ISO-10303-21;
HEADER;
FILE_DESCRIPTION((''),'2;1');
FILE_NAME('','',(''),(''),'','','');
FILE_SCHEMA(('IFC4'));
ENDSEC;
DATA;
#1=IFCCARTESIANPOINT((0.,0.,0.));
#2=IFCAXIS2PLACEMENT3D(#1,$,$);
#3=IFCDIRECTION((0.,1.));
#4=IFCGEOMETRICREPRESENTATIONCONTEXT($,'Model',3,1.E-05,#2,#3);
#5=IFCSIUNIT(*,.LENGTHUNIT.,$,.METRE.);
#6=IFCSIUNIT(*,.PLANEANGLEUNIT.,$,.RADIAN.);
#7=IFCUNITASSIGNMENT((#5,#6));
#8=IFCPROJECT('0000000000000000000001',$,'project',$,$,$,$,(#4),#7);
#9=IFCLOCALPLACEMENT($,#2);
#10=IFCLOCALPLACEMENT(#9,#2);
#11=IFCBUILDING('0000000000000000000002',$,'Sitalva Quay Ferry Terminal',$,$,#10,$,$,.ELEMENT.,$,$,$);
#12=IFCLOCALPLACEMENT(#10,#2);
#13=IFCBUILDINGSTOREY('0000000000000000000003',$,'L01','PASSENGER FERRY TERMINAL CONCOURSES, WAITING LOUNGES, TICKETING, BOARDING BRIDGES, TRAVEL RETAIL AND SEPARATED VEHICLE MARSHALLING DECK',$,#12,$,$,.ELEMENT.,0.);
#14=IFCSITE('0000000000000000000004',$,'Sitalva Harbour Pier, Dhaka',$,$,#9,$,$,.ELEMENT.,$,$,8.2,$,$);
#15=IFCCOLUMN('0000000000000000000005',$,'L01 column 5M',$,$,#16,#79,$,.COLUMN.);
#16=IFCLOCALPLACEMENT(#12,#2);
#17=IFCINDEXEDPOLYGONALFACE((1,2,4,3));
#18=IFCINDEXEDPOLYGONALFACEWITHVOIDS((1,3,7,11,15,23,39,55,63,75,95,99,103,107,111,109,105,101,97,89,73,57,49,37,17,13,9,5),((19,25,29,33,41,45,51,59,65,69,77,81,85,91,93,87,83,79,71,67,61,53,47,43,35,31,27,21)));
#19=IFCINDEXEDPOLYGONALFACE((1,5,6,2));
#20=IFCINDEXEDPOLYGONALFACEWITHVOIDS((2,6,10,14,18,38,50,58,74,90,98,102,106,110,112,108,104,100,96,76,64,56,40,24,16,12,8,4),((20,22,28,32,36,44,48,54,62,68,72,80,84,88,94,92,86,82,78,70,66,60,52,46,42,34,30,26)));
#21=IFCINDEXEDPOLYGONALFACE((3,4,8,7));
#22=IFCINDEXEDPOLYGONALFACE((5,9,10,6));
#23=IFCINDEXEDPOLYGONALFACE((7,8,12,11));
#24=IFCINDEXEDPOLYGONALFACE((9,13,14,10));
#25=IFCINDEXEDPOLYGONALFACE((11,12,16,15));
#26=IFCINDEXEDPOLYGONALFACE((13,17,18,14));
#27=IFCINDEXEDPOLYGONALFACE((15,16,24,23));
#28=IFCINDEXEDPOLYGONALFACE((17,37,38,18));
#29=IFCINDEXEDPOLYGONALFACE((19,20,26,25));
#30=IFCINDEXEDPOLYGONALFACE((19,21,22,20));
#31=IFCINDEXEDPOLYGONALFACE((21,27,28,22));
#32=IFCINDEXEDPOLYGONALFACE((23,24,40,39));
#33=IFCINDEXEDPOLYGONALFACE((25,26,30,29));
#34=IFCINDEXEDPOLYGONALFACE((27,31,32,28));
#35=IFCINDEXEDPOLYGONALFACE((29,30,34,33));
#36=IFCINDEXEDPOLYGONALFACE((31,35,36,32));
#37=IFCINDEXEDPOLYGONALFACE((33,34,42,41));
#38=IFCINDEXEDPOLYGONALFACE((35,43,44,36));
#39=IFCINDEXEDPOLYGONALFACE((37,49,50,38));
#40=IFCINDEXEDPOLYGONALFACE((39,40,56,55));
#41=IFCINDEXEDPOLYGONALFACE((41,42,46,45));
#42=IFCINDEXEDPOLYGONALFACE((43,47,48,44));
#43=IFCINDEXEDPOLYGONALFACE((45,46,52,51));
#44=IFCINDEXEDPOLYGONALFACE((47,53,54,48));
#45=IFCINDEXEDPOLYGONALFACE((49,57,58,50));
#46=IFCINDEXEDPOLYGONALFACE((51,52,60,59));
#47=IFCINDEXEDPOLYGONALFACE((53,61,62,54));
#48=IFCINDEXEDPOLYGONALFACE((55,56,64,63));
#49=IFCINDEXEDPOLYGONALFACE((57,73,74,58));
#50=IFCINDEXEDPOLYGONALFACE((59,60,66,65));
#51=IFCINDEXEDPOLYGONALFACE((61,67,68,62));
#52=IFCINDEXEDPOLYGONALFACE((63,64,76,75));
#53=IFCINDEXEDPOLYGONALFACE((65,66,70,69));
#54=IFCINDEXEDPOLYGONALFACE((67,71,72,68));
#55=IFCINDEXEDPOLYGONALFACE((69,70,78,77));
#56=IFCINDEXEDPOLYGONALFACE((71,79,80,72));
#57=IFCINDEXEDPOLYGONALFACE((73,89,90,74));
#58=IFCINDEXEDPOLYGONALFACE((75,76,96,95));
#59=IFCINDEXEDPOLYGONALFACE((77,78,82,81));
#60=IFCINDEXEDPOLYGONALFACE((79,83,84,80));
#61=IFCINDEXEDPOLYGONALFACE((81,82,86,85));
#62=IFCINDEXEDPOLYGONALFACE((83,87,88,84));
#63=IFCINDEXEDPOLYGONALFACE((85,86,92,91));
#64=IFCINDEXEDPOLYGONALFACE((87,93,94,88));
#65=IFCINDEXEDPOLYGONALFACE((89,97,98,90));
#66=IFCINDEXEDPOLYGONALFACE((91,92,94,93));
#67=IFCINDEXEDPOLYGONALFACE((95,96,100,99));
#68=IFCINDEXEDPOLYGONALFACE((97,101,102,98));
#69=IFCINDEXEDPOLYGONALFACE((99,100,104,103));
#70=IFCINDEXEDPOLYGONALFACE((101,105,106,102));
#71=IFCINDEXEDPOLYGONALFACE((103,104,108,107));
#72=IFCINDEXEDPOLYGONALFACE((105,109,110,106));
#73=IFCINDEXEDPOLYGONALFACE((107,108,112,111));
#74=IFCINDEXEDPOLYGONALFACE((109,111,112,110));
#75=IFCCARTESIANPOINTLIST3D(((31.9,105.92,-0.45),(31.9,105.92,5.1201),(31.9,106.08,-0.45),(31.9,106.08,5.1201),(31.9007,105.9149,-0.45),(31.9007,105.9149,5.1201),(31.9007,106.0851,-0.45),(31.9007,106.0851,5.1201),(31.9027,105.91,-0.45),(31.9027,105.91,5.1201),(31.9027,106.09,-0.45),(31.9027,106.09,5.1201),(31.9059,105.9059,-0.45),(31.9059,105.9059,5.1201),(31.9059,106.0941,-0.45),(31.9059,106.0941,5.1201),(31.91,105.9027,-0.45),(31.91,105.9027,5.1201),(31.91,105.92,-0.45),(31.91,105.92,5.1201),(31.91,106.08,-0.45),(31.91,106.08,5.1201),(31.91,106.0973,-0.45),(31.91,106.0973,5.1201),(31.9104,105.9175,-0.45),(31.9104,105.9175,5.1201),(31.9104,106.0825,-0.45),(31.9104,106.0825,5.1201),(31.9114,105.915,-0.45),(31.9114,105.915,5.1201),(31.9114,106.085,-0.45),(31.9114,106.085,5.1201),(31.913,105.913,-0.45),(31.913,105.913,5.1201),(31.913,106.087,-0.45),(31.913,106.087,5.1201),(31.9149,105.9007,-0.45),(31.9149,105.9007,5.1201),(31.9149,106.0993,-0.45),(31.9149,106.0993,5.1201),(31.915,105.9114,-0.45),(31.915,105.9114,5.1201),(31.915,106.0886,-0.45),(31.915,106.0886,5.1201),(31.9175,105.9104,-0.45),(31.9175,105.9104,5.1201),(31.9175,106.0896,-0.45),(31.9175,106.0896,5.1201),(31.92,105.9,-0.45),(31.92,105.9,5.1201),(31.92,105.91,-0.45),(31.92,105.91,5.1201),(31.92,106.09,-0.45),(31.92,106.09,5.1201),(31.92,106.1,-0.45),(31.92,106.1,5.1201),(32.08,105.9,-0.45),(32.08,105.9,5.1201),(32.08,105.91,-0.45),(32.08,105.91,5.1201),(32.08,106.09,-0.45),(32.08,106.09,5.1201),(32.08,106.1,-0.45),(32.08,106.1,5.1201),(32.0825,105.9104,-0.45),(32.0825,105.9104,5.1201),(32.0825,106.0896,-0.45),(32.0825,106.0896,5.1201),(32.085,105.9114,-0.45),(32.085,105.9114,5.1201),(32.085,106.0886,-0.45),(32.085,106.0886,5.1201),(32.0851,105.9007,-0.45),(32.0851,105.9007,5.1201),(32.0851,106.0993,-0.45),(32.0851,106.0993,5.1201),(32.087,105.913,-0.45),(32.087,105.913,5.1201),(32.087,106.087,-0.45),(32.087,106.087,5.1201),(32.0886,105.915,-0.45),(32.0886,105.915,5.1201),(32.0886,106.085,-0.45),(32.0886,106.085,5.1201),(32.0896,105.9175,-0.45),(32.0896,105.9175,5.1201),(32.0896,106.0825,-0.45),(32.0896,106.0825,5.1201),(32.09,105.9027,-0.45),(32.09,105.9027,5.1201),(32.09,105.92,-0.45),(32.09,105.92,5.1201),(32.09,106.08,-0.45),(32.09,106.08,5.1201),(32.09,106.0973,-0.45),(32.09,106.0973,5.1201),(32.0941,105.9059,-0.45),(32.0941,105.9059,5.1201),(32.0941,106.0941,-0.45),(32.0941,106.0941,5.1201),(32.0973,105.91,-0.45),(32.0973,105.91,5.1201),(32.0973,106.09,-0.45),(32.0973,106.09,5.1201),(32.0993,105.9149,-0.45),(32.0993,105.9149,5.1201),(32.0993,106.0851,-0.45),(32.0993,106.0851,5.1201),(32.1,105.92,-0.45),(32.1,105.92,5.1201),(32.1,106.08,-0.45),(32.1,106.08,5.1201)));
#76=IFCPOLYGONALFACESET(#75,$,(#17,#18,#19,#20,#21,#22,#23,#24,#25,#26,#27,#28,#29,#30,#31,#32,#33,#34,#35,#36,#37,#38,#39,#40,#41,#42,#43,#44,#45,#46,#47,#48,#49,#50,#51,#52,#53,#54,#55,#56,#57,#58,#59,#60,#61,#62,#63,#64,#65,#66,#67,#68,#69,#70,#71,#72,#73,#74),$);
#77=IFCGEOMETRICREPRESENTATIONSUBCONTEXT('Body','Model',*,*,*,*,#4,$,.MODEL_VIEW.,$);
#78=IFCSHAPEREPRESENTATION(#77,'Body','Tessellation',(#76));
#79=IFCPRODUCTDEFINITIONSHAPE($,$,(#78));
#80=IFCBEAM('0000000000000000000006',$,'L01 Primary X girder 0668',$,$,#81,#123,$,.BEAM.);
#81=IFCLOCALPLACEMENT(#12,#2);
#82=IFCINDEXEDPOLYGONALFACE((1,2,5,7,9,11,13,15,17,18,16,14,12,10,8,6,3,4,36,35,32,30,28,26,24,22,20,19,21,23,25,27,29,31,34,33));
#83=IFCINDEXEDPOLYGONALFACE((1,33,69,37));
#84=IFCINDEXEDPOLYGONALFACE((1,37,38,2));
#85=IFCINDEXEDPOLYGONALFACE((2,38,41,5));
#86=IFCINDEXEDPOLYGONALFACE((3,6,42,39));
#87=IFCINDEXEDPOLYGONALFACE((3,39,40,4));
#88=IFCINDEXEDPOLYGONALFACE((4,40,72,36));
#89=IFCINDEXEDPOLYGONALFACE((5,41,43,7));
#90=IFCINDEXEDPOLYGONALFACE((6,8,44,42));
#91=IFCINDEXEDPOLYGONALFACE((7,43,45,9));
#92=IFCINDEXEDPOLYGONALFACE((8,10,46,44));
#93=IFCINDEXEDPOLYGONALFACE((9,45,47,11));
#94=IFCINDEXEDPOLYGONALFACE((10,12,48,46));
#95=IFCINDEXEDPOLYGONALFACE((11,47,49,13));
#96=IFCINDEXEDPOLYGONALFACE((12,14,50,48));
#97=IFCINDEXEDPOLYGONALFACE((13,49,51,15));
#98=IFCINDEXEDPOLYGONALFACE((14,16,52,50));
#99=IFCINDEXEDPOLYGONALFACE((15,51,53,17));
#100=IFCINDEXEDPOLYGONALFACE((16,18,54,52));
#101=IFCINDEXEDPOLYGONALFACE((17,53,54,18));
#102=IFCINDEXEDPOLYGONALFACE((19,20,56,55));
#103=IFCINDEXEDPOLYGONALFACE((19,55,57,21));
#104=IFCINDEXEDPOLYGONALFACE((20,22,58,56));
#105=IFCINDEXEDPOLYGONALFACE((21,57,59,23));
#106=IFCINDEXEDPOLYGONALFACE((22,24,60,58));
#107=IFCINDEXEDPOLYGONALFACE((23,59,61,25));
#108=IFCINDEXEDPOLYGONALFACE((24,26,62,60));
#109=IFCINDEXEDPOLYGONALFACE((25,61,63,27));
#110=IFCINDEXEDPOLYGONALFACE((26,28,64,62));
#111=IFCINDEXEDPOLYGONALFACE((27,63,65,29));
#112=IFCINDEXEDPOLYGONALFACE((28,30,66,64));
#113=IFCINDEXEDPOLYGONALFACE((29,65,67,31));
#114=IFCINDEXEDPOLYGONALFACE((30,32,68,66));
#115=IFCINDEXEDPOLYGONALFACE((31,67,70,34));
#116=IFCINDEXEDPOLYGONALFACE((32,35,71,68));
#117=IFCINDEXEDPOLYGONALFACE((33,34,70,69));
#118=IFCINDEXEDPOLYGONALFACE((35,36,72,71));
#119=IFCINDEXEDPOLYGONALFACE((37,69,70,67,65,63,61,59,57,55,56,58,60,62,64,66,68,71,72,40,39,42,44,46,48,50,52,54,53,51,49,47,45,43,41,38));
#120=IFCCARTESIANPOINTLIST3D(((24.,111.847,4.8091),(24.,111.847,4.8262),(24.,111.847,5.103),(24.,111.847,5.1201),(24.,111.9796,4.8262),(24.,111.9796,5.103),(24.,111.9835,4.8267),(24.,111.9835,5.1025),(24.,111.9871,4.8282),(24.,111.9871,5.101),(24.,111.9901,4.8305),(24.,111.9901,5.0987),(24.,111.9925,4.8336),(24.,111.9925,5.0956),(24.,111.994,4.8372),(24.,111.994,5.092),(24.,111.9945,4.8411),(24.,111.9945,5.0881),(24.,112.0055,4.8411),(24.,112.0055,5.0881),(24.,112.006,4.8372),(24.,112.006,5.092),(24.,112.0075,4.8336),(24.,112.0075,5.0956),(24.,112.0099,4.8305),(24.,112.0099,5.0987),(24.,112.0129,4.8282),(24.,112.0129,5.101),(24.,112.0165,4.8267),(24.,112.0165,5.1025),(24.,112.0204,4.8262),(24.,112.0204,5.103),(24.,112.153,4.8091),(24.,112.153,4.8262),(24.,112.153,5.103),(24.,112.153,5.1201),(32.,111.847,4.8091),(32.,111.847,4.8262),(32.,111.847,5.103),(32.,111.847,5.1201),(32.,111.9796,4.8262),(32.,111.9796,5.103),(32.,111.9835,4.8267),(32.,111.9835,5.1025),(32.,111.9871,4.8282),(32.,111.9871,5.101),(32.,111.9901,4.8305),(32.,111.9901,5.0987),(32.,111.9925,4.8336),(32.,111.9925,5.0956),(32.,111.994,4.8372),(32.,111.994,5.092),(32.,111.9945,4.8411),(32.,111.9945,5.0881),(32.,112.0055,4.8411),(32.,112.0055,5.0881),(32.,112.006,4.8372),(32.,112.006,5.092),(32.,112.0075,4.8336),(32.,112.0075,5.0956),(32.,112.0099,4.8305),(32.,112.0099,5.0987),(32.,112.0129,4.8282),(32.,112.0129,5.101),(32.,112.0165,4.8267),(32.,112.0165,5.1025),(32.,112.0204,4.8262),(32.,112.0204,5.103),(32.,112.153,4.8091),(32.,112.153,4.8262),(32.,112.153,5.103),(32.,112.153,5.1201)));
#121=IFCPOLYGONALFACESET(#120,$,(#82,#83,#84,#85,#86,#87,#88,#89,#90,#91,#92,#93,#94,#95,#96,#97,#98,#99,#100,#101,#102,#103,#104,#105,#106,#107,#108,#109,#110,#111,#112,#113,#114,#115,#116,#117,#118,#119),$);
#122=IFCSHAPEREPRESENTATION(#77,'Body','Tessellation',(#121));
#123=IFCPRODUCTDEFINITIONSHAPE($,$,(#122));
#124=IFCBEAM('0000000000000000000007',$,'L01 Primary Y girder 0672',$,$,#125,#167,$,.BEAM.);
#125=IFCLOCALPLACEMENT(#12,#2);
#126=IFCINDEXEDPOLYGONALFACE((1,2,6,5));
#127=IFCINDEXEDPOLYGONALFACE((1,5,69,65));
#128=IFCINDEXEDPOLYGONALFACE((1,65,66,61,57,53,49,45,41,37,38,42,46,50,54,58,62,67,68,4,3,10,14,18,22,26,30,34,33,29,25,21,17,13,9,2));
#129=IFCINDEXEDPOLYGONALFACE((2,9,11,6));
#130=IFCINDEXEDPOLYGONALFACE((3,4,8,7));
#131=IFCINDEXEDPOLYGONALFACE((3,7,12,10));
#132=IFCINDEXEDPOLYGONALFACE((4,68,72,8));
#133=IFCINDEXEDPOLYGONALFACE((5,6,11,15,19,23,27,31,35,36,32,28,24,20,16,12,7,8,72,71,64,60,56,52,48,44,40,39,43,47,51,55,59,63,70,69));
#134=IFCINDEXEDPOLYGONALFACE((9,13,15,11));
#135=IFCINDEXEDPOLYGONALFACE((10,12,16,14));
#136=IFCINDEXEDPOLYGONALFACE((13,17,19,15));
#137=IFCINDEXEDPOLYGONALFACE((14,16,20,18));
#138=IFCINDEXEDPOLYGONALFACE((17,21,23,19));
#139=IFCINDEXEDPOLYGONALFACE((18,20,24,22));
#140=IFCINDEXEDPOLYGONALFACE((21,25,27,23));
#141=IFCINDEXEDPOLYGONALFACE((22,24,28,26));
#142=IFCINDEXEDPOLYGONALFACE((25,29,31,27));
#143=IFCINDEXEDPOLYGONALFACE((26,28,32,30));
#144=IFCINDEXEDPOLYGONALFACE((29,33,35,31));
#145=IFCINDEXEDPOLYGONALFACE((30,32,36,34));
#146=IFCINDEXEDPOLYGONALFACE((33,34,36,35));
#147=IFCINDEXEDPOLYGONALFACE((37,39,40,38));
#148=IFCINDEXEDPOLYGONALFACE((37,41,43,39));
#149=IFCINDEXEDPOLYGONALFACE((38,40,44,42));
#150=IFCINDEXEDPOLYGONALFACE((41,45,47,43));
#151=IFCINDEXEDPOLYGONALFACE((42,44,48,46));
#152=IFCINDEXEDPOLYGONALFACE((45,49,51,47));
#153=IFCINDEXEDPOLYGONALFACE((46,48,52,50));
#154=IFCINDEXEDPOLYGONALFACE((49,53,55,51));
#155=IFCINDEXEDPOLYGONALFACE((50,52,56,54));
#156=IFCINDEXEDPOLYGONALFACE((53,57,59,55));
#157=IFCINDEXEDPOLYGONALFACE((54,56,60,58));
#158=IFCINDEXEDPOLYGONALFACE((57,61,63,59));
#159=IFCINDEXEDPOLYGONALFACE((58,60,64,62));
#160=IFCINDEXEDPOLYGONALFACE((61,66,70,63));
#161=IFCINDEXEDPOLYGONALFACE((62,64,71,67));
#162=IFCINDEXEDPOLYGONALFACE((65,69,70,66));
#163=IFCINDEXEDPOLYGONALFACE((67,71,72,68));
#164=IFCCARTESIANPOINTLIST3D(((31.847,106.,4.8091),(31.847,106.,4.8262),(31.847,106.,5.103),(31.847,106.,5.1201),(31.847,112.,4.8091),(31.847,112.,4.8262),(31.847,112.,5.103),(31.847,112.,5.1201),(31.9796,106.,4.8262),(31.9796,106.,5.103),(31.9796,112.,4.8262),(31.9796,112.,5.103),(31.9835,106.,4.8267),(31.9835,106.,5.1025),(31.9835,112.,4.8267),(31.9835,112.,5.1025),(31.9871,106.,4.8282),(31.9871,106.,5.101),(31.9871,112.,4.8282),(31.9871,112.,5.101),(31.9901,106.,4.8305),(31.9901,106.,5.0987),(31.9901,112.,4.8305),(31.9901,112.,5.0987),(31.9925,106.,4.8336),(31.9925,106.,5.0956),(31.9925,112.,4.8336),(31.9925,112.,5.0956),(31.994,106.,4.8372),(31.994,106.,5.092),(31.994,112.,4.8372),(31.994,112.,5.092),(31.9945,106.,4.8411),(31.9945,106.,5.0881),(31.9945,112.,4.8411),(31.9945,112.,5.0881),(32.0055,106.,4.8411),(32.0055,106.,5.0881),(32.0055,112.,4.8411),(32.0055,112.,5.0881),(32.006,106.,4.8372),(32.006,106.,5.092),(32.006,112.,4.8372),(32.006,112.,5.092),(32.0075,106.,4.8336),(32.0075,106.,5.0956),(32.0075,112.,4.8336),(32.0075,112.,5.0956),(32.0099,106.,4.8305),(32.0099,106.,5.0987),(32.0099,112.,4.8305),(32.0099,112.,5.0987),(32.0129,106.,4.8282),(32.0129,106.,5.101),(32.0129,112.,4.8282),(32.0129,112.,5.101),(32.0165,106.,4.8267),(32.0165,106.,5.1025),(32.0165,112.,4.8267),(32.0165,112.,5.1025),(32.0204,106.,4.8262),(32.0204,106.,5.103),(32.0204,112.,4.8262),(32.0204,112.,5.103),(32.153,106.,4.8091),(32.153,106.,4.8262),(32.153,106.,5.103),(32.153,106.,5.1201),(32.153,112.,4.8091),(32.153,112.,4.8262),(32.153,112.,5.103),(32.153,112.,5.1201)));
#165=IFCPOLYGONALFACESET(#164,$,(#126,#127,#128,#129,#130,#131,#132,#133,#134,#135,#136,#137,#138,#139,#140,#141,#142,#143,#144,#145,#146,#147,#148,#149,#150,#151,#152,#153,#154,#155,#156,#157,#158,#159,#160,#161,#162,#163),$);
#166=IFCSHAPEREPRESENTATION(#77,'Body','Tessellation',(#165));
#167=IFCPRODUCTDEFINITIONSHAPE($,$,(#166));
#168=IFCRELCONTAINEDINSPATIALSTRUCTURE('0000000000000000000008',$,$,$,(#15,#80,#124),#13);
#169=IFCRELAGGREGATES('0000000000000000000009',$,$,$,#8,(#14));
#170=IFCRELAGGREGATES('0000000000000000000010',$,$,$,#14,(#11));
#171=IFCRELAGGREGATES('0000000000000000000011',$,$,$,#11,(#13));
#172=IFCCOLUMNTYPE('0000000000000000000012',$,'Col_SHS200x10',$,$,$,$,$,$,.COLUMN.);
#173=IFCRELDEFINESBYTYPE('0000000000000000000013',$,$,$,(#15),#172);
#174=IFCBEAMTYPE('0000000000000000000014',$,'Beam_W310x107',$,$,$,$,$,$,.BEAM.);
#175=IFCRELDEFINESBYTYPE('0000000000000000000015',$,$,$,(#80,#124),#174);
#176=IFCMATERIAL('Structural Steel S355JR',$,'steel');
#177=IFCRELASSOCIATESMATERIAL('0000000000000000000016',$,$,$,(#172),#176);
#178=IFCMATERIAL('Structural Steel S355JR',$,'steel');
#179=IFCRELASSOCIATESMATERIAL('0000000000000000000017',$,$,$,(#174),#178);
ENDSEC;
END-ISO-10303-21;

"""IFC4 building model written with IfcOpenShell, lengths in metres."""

from ifc_helpers import new_model, si_unit, direction, frame, origin, origin_2d, place, context, subcontext, project, spatial, hollow_rectangle, i_section, extrude, material, material_profile, profile_set, type_object, element, save


model = new_model("IFC4")

# Units and contexts
model_context = context("Model", 3, precision=1e-05, world=origin(), true_north=direction((0.0, 1.0)))
body_context = subcontext(model_context, "Body", "Model", "MODEL_VIEW")
ifc_project = project(units=[si_unit("LENGTHUNIT", "METRE"), si_unit("PLANEANGLEUNIT", "RADIAN")], contexts=[model_context])

# Site, building, storey
site_placement = place(None, origin())
site = spatial("IfcSite", under=ifc_project, at=site_placement, Name="Sitalva Harbour Pier, Dhaka", CompositionType="ELEMENT", RefElevation=8.2)
building_placement = place(site_placement, origin())
building = spatial("IfcBuilding", under=site, at=building_placement, Name="Sitalva Quay Ferry Terminal", CompositionType="ELEMENT")
storey_placement = place(building_placement, origin())
storey = spatial("IfcBuildingStorey", under=building, at=storey_placement, Name="L01", Description="PASSENGER FERRY TERMINAL CONCOURSES, WAITING LOUNGES, TICKETING, BOARDING BRIDGES, TRAVEL RETAIL AND SEPARATED VEHICLE MARSHALLING DECK", CompositionType="ELEMENT", Elevation=0.0)

# Column
ifc_material_1 = material(Name="Structural Steel S355JR", Category="steel")
ifc_material_profile_1 = material_profile(ifc_material_1, hollow_rectangle(XDim=0.2, YDim=0.2, WallThickness=0.01, InnerFilletRadius=0.01, OuterFilletRadius=0.02, at=origin_2d()), Name="SHS200x200x10")
ifc_profile_set_1 = profile_set([ifc_material_profile_1], Name="Structural Steel S355JR")
column_type_1 = type_object("IfcColumnType", Name="Col_SHS200x10", PredefinedType="COLUMN", material=ifc_profile_set_1)
column_1_placement = place(storey_placement, frame((32.0, 106.0, -0.45), z_axis=(0.0, 0.0, 1.0), x_axis=(1.0, 0.0, 0.0)))
element("IfcColumn", 1, at=column_1_placement, inside=storey, type_object=column_type_1, Name="L01 column 5M", PredefinedType="COLUMN", context=body_context, shape_type="SweptSolid", body=[
    extrude(hollow_rectangle(XDim=0.2, YDim=0.2, WallThickness=0.01, InnerFilletRadius=0.01, OuterFilletRadius=0.02, at=origin_2d()), origin(), (0.0, 0.0, 1.0), 5.5701),
])

# Beams
ifc_material_2 = material(Name="Structural Steel S355JR", Category="steel")
ifc_material_profile_2 = material_profile(ifc_material_2, i_section(OverallWidth=0.3059, OverallDepth=0.311, WebThickness=0.011, FlangeThickness=0.0171, FilletRadius=0.0149, at=origin_2d()), Name="W310x107")
ifc_profile_set_2 = profile_set([ifc_material_profile_2], Name="Structural Steel S355JR")
beam_type_1 = type_object("IfcBeamType", Name="Beam_W310x107", PredefinedType="BEAM", material=ifc_profile_set_2)
beam_1_placement = place(storey_placement, frame((24.0, 112.0, 4.9646), z_axis=(1.0, 0.0, 0.0), x_axis=(0.0, 1.0, 0.0)))
element("IfcBeam", 2, at=beam_1_placement, inside=storey, type_object=beam_type_1, Name="L01 Primary X girder 0668", PredefinedType="BEAM", context=body_context, shape_type="SweptSolid", body=[
    extrude(i_section(OverallWidth=0.3059, OverallDepth=0.311, WebThickness=0.011, FlangeThickness=0.0171, FilletRadius=0.0149, at=origin_2d()), origin(), (0.0, 0.0, 1.0), 8.0),
])
beam_2_placement = place(storey_placement, frame((32.0, 106.0, 4.9646), z_axis=(0.0, 1.0, 0.0), x_axis=(-1.0, 0.0, 0.0)))
element("IfcBeam", 3, at=beam_2_placement, inside=storey, type_object=beam_type_1, Name="L01 Primary Y girder 0672", PredefinedType="BEAM", context=body_context, shape_type="SweptSolid", body=[
    extrude(i_section(OverallWidth=0.3059, OverallDepth=0.311, WebThickness=0.011, FlangeThickness=0.0171, FilletRadius=0.0149, at=origin_2d()), origin(), (0.0, 0.0, 1.0), 6.0),
])

save(model, "model.ifc")
